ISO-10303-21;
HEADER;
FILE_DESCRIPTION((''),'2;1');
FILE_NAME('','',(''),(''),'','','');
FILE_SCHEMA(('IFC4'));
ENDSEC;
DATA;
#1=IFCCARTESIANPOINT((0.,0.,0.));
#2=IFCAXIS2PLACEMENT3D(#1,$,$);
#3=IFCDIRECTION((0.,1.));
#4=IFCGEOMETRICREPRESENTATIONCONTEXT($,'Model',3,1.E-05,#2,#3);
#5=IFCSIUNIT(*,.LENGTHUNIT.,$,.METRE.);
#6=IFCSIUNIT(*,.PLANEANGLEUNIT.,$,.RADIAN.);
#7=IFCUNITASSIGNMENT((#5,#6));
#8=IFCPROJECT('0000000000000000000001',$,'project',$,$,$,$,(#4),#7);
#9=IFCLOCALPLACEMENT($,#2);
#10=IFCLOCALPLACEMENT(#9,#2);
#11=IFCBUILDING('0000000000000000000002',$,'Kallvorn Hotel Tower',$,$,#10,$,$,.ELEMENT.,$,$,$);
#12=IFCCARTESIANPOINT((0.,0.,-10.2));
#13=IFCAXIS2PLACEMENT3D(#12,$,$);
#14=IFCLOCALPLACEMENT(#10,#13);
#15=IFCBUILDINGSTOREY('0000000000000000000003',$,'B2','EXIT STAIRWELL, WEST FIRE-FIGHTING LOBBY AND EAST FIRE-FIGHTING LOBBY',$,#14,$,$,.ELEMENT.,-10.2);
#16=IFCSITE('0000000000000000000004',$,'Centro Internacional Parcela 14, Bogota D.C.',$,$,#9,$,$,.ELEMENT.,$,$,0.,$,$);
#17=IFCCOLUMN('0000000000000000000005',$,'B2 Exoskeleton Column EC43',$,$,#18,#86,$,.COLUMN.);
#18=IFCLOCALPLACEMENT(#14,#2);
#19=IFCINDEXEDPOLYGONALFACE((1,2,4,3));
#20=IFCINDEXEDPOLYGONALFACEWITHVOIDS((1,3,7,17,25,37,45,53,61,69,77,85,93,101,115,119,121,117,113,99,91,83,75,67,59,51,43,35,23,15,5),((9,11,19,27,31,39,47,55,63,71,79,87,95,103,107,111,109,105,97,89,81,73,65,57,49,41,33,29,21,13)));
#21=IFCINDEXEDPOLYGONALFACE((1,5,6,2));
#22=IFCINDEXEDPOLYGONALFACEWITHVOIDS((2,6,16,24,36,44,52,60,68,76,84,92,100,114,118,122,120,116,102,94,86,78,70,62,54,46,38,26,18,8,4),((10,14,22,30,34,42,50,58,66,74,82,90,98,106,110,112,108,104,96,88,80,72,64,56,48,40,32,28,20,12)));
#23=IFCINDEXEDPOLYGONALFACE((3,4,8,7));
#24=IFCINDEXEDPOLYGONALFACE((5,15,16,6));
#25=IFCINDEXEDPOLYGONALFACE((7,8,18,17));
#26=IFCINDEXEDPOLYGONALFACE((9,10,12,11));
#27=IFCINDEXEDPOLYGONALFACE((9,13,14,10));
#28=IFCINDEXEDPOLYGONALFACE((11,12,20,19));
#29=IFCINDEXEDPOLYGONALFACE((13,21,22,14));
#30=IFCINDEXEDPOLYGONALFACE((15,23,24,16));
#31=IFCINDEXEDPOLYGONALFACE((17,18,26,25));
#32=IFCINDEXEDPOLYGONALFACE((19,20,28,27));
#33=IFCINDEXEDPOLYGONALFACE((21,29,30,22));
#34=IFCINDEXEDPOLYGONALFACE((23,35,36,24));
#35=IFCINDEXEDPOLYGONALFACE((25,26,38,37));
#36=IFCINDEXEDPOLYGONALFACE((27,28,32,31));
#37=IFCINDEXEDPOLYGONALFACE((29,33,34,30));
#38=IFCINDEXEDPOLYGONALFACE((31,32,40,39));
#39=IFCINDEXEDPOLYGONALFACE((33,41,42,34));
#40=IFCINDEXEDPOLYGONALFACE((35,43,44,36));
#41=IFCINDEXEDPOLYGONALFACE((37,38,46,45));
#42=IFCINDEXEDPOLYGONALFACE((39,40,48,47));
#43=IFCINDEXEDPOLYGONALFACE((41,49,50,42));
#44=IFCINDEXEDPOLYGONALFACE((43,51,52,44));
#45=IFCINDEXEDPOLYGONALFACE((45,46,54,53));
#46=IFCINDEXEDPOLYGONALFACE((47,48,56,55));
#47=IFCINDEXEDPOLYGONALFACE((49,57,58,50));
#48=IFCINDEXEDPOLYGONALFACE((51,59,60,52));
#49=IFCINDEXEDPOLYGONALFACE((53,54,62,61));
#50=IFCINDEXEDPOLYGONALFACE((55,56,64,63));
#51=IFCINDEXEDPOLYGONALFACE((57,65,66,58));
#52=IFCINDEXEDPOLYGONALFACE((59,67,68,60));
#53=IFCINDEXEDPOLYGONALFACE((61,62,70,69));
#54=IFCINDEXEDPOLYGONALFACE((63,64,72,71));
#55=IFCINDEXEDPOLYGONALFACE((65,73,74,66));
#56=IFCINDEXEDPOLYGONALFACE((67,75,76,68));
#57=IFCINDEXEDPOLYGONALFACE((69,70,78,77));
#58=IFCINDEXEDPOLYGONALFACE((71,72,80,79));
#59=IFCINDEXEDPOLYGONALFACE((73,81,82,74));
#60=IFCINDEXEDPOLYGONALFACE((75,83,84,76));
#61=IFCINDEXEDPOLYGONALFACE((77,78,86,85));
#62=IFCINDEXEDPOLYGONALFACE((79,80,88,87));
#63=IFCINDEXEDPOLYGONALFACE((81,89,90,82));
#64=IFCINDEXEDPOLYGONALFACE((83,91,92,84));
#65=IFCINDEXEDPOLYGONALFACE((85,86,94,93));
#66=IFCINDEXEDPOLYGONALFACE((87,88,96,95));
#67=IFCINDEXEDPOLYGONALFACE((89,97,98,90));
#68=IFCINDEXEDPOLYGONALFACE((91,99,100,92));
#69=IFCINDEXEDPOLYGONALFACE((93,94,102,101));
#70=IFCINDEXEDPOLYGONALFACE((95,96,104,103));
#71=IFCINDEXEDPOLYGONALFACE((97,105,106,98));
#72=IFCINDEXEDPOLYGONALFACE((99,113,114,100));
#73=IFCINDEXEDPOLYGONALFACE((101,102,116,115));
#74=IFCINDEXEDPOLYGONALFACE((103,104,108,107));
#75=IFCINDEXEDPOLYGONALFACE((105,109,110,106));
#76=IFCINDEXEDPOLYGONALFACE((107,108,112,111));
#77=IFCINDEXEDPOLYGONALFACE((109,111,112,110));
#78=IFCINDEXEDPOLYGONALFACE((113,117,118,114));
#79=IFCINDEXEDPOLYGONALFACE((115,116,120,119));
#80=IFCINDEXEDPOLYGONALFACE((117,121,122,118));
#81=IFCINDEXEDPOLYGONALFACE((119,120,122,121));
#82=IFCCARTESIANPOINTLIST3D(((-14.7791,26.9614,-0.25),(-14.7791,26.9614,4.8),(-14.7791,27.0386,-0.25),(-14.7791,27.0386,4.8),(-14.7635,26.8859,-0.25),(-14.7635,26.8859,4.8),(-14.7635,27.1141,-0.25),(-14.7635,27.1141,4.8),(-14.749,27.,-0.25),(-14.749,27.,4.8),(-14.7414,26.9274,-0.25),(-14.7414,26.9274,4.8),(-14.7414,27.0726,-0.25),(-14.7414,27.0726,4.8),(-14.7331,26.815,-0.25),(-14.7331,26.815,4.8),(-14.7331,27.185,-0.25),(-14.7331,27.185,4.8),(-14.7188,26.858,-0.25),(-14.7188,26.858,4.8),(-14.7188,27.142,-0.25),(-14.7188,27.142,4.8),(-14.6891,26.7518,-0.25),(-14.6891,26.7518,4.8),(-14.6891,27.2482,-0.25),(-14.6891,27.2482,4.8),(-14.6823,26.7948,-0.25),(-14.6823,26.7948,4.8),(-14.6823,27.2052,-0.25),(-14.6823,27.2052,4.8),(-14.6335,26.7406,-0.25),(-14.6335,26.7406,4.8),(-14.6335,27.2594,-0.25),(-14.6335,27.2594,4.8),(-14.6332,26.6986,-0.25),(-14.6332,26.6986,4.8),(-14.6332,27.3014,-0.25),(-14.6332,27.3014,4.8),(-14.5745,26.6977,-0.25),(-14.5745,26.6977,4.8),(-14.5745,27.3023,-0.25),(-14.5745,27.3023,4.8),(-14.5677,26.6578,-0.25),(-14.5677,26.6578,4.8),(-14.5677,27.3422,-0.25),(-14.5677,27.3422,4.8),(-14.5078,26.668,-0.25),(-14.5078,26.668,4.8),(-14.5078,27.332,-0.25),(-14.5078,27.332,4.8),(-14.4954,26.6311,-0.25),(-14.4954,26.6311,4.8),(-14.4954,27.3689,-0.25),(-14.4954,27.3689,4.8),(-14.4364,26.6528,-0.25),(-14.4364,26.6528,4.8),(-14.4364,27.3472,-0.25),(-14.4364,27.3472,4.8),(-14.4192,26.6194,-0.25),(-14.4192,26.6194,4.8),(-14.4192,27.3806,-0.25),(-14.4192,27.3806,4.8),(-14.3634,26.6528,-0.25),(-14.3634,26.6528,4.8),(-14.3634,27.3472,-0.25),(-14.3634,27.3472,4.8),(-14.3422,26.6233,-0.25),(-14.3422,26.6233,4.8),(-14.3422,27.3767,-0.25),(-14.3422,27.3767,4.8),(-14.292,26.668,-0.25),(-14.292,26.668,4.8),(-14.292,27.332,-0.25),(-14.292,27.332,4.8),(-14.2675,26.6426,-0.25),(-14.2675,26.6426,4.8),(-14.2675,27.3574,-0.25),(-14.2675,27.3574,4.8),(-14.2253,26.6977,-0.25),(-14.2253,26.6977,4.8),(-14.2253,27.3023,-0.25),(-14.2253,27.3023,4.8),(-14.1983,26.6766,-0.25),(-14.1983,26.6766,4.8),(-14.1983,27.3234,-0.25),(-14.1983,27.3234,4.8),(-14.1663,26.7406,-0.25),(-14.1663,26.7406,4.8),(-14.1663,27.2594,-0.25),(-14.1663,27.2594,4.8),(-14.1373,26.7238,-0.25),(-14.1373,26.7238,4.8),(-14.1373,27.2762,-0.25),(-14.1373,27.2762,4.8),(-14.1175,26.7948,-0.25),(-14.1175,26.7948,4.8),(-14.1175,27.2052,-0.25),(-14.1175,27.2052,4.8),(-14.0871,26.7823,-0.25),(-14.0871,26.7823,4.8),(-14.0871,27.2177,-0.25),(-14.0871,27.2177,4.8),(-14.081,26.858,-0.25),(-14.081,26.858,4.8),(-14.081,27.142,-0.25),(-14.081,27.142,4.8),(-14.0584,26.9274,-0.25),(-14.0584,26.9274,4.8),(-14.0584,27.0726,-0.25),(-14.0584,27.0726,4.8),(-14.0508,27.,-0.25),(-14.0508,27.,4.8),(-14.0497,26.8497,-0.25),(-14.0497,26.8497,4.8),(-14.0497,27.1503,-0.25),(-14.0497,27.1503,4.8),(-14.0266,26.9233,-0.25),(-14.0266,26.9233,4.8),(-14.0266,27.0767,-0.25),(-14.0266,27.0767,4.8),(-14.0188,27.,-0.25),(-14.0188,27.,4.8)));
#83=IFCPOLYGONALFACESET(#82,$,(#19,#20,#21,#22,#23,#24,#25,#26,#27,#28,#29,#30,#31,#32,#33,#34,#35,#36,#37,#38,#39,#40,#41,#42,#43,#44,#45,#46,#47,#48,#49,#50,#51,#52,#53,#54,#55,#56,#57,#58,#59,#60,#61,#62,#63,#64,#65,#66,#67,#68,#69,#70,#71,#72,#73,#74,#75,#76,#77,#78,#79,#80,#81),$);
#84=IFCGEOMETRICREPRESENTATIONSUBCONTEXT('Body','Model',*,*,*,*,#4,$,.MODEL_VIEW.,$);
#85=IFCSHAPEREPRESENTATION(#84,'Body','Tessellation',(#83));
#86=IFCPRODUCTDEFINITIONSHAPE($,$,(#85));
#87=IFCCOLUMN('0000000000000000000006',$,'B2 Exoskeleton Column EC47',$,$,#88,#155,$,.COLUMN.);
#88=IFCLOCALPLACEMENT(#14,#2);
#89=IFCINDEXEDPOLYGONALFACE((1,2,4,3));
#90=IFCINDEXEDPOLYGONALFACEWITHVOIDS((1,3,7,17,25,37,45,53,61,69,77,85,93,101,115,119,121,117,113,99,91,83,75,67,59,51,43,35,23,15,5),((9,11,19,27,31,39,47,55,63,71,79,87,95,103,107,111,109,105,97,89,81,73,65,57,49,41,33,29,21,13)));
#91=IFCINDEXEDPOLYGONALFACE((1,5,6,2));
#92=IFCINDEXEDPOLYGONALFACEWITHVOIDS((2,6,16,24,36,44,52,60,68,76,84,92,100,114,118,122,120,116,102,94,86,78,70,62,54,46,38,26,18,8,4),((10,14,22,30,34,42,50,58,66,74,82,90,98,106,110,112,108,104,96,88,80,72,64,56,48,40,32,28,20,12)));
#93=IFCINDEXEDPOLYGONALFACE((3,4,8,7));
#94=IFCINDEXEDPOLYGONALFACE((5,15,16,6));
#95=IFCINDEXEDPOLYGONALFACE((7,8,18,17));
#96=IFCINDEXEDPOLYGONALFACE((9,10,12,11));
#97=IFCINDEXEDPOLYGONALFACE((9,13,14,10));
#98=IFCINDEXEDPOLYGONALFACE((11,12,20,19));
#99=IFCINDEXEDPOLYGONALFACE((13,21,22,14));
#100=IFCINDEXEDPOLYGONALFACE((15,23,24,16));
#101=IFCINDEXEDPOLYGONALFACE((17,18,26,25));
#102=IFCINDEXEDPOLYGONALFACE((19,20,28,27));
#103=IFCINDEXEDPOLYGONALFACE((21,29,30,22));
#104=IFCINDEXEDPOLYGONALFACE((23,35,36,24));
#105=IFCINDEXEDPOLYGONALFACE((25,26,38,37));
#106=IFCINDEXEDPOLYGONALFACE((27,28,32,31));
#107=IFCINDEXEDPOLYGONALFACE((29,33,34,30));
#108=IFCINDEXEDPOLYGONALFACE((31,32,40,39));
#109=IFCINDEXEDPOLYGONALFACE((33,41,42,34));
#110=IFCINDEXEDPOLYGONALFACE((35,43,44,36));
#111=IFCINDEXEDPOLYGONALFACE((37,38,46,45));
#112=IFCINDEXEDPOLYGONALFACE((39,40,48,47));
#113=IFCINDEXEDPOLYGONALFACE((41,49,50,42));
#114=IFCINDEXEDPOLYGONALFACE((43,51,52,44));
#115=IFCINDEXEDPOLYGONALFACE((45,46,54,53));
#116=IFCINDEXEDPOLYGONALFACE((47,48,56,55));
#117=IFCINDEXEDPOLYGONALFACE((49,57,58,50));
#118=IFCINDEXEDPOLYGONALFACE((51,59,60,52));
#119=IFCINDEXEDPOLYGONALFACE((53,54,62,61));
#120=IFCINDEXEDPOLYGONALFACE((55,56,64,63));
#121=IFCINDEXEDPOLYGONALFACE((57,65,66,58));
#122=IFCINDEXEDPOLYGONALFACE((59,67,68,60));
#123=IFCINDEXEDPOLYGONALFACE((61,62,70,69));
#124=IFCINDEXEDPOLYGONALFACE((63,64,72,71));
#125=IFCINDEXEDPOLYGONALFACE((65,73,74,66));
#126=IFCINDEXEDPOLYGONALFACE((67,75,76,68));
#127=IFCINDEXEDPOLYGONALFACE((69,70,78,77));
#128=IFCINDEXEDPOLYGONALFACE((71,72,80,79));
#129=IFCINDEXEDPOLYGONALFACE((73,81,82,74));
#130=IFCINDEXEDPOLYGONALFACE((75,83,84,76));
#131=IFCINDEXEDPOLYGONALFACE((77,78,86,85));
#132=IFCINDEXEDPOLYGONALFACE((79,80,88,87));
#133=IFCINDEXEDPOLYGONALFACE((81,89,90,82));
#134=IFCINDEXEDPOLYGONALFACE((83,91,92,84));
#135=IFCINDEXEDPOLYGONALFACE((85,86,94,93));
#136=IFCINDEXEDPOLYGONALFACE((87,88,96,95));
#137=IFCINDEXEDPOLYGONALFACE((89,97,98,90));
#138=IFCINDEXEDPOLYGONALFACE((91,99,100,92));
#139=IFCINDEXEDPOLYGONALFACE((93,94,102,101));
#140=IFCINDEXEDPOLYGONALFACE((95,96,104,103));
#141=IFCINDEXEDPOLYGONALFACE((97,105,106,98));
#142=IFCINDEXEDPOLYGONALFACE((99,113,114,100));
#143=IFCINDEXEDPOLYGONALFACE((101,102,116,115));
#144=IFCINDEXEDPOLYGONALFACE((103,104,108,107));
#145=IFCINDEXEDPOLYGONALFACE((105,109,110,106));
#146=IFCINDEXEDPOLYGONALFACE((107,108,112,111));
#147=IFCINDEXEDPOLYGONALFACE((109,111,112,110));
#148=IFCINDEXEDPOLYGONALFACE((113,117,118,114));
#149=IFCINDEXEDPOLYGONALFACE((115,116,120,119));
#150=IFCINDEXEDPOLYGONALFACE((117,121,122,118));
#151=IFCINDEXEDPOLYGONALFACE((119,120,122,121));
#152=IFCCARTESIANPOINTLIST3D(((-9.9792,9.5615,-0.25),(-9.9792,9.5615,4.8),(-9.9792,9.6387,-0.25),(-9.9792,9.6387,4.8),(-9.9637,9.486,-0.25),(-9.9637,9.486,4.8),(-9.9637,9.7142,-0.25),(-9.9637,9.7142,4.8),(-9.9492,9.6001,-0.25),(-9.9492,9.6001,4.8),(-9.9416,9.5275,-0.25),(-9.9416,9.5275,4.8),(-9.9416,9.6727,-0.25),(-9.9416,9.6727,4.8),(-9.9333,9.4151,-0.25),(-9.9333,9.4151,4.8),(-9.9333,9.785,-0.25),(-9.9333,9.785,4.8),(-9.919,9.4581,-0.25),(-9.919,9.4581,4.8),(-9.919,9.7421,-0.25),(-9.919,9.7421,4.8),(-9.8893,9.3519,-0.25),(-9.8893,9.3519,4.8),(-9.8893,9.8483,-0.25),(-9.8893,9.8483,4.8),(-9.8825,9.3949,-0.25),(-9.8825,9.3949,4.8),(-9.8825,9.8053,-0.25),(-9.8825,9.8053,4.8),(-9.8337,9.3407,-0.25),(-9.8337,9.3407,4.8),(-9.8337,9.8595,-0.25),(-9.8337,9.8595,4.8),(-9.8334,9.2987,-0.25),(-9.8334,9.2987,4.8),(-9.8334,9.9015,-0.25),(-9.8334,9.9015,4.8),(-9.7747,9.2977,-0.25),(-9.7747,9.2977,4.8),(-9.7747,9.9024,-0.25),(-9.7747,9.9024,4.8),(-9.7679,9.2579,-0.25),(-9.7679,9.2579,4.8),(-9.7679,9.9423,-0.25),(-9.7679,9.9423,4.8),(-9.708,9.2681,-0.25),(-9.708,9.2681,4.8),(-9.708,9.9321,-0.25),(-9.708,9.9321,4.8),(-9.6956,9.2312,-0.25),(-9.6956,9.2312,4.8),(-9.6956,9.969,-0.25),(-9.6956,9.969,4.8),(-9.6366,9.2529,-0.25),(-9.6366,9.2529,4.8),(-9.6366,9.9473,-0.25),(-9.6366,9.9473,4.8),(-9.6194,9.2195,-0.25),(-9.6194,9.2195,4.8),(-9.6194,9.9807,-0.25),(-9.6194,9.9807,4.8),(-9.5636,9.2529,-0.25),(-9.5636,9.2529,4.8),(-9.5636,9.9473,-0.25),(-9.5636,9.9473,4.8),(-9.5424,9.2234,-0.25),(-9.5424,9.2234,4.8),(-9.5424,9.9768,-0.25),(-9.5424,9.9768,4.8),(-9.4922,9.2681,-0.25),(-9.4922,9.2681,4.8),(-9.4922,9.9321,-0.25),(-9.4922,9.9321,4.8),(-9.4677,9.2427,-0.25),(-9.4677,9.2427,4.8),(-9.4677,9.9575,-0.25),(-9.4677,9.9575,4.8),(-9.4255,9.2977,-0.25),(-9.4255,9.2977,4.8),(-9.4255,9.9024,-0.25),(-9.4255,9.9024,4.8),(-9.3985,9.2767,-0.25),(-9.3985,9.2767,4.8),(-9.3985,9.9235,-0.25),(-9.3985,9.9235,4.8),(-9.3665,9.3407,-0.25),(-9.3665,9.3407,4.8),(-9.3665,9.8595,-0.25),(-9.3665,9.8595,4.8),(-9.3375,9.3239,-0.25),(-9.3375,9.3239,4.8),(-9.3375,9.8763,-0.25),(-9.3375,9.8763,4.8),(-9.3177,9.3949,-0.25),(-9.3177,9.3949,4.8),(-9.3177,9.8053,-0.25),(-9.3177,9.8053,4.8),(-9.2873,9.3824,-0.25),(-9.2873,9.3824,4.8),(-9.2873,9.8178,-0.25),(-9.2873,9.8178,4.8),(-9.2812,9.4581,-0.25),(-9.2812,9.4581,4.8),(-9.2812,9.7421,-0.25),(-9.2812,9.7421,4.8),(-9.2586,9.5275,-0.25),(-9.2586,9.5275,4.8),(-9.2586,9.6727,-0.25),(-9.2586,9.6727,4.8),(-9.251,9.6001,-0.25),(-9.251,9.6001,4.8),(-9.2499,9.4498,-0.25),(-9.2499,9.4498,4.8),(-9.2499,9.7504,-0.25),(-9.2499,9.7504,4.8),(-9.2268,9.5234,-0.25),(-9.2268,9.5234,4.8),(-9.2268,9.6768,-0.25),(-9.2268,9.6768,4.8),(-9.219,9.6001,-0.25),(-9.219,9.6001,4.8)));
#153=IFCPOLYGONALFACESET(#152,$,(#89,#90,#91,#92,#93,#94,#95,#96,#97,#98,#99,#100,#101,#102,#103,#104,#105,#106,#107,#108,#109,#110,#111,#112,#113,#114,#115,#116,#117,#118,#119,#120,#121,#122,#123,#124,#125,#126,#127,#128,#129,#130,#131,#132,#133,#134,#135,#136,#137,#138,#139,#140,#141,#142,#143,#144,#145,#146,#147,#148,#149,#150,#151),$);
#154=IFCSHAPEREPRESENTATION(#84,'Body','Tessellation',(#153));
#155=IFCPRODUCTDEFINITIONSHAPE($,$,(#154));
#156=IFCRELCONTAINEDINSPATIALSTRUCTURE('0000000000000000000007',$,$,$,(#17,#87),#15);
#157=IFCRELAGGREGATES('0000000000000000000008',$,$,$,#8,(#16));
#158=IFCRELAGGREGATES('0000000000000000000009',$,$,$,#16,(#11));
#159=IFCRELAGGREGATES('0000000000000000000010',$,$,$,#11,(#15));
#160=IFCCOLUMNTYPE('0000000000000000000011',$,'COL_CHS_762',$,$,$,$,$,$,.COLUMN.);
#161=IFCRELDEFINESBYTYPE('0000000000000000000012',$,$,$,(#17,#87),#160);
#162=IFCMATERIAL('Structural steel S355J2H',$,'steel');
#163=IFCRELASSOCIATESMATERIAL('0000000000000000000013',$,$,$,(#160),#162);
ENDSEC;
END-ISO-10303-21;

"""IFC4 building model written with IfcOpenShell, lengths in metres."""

from ifc_helpers import new_model, si_unit, direction, frame, origin, origin_2d, place, context, subcontext, project, spatial, hollow_circle, extrude, material, material_profile, profile_set, type_object, element, save


model = new_model("IFC4")

# Units and contexts
model_context = context("Model", 3, precision=1e-05, world=origin(), true_north=direction((0.0, 1.0)))
body_context = subcontext(model_context, "Body", "Model", "MODEL_VIEW")
ifc_project = project(units=[si_unit("LENGTHUNIT", "METRE"), si_unit("PLANEANGLEUNIT", "RADIAN")], contexts=[model_context])

# Site, building, storey
site_placement = place(None, origin())
site = spatial("IfcSite", under=ifc_project, at=site_placement, Name="Centro Internacional Parcela 14, Bogota D.C.", CompositionType="ELEMENT", RefElevation=0.0)
building_placement = place(site_placement, origin())
building = spatial("IfcBuilding", under=site, at=building_placement, Name="Kallvorn Hotel Tower", CompositionType="ELEMENT")
storey_placement = place(building_placement, frame((0.0, 0.0, -10.2)))
storey = spatial("IfcBuildingStorey", under=building, at=storey_placement, Name="B2", Description="EXIT STAIRWELL, WEST FIRE-FIGHTING LOBBY AND EAST FIRE-FIGHTING LOBBY", CompositionType="ELEMENT", Elevation=-10.2)

# Columns
ifc_material_1 = material(Name="Structural steel S355J2H", Category="steel")
ifc_material_profile_1 = material_profile(ifc_material_1, hollow_circle(Radius=0.3811, WallThickness=0.032, at=origin_2d()), Name="CHS 762x32")
ifc_profile_set_1 = profile_set([ifc_material_profile_1], Name="Structural steel S355J2H")
column_type_1 = type_object("IfcColumnType", Name="COL_CHS_762", PredefinedType="COLUMN", material=ifc_profile_set_1)
for number, where, z_axis, x_axis, name in (
    (1, (-14.3999, 27.0, -0.25), (0.0, 0.0, 1.0), (1.0, 0.0, 0.0), "B2 Exoskeleton Column EC43"),
    (2, (-9.6001, 9.6001, -0.25), (0.0, 0.0, 1.0), (1.0, 0.0, 0.0), "B2 Exoskeleton Column EC47"),
):
    element("IfcColumn", number, at=place(storey_placement, frame(where, z_axis=z_axis, x_axis=x_axis)), inside=storey, type_object=column_type_1, Name=name, PredefinedType="COLUMN", context=body_context, shape_type="SweptSolid", body=[
        extrude(hollow_circle(Radius=0.3811, WallThickness=0.032, at=origin_2d()), origin(), (0.0, 0.0, 1.0), 5.05),
    ])

save(model, "model.ifc")
